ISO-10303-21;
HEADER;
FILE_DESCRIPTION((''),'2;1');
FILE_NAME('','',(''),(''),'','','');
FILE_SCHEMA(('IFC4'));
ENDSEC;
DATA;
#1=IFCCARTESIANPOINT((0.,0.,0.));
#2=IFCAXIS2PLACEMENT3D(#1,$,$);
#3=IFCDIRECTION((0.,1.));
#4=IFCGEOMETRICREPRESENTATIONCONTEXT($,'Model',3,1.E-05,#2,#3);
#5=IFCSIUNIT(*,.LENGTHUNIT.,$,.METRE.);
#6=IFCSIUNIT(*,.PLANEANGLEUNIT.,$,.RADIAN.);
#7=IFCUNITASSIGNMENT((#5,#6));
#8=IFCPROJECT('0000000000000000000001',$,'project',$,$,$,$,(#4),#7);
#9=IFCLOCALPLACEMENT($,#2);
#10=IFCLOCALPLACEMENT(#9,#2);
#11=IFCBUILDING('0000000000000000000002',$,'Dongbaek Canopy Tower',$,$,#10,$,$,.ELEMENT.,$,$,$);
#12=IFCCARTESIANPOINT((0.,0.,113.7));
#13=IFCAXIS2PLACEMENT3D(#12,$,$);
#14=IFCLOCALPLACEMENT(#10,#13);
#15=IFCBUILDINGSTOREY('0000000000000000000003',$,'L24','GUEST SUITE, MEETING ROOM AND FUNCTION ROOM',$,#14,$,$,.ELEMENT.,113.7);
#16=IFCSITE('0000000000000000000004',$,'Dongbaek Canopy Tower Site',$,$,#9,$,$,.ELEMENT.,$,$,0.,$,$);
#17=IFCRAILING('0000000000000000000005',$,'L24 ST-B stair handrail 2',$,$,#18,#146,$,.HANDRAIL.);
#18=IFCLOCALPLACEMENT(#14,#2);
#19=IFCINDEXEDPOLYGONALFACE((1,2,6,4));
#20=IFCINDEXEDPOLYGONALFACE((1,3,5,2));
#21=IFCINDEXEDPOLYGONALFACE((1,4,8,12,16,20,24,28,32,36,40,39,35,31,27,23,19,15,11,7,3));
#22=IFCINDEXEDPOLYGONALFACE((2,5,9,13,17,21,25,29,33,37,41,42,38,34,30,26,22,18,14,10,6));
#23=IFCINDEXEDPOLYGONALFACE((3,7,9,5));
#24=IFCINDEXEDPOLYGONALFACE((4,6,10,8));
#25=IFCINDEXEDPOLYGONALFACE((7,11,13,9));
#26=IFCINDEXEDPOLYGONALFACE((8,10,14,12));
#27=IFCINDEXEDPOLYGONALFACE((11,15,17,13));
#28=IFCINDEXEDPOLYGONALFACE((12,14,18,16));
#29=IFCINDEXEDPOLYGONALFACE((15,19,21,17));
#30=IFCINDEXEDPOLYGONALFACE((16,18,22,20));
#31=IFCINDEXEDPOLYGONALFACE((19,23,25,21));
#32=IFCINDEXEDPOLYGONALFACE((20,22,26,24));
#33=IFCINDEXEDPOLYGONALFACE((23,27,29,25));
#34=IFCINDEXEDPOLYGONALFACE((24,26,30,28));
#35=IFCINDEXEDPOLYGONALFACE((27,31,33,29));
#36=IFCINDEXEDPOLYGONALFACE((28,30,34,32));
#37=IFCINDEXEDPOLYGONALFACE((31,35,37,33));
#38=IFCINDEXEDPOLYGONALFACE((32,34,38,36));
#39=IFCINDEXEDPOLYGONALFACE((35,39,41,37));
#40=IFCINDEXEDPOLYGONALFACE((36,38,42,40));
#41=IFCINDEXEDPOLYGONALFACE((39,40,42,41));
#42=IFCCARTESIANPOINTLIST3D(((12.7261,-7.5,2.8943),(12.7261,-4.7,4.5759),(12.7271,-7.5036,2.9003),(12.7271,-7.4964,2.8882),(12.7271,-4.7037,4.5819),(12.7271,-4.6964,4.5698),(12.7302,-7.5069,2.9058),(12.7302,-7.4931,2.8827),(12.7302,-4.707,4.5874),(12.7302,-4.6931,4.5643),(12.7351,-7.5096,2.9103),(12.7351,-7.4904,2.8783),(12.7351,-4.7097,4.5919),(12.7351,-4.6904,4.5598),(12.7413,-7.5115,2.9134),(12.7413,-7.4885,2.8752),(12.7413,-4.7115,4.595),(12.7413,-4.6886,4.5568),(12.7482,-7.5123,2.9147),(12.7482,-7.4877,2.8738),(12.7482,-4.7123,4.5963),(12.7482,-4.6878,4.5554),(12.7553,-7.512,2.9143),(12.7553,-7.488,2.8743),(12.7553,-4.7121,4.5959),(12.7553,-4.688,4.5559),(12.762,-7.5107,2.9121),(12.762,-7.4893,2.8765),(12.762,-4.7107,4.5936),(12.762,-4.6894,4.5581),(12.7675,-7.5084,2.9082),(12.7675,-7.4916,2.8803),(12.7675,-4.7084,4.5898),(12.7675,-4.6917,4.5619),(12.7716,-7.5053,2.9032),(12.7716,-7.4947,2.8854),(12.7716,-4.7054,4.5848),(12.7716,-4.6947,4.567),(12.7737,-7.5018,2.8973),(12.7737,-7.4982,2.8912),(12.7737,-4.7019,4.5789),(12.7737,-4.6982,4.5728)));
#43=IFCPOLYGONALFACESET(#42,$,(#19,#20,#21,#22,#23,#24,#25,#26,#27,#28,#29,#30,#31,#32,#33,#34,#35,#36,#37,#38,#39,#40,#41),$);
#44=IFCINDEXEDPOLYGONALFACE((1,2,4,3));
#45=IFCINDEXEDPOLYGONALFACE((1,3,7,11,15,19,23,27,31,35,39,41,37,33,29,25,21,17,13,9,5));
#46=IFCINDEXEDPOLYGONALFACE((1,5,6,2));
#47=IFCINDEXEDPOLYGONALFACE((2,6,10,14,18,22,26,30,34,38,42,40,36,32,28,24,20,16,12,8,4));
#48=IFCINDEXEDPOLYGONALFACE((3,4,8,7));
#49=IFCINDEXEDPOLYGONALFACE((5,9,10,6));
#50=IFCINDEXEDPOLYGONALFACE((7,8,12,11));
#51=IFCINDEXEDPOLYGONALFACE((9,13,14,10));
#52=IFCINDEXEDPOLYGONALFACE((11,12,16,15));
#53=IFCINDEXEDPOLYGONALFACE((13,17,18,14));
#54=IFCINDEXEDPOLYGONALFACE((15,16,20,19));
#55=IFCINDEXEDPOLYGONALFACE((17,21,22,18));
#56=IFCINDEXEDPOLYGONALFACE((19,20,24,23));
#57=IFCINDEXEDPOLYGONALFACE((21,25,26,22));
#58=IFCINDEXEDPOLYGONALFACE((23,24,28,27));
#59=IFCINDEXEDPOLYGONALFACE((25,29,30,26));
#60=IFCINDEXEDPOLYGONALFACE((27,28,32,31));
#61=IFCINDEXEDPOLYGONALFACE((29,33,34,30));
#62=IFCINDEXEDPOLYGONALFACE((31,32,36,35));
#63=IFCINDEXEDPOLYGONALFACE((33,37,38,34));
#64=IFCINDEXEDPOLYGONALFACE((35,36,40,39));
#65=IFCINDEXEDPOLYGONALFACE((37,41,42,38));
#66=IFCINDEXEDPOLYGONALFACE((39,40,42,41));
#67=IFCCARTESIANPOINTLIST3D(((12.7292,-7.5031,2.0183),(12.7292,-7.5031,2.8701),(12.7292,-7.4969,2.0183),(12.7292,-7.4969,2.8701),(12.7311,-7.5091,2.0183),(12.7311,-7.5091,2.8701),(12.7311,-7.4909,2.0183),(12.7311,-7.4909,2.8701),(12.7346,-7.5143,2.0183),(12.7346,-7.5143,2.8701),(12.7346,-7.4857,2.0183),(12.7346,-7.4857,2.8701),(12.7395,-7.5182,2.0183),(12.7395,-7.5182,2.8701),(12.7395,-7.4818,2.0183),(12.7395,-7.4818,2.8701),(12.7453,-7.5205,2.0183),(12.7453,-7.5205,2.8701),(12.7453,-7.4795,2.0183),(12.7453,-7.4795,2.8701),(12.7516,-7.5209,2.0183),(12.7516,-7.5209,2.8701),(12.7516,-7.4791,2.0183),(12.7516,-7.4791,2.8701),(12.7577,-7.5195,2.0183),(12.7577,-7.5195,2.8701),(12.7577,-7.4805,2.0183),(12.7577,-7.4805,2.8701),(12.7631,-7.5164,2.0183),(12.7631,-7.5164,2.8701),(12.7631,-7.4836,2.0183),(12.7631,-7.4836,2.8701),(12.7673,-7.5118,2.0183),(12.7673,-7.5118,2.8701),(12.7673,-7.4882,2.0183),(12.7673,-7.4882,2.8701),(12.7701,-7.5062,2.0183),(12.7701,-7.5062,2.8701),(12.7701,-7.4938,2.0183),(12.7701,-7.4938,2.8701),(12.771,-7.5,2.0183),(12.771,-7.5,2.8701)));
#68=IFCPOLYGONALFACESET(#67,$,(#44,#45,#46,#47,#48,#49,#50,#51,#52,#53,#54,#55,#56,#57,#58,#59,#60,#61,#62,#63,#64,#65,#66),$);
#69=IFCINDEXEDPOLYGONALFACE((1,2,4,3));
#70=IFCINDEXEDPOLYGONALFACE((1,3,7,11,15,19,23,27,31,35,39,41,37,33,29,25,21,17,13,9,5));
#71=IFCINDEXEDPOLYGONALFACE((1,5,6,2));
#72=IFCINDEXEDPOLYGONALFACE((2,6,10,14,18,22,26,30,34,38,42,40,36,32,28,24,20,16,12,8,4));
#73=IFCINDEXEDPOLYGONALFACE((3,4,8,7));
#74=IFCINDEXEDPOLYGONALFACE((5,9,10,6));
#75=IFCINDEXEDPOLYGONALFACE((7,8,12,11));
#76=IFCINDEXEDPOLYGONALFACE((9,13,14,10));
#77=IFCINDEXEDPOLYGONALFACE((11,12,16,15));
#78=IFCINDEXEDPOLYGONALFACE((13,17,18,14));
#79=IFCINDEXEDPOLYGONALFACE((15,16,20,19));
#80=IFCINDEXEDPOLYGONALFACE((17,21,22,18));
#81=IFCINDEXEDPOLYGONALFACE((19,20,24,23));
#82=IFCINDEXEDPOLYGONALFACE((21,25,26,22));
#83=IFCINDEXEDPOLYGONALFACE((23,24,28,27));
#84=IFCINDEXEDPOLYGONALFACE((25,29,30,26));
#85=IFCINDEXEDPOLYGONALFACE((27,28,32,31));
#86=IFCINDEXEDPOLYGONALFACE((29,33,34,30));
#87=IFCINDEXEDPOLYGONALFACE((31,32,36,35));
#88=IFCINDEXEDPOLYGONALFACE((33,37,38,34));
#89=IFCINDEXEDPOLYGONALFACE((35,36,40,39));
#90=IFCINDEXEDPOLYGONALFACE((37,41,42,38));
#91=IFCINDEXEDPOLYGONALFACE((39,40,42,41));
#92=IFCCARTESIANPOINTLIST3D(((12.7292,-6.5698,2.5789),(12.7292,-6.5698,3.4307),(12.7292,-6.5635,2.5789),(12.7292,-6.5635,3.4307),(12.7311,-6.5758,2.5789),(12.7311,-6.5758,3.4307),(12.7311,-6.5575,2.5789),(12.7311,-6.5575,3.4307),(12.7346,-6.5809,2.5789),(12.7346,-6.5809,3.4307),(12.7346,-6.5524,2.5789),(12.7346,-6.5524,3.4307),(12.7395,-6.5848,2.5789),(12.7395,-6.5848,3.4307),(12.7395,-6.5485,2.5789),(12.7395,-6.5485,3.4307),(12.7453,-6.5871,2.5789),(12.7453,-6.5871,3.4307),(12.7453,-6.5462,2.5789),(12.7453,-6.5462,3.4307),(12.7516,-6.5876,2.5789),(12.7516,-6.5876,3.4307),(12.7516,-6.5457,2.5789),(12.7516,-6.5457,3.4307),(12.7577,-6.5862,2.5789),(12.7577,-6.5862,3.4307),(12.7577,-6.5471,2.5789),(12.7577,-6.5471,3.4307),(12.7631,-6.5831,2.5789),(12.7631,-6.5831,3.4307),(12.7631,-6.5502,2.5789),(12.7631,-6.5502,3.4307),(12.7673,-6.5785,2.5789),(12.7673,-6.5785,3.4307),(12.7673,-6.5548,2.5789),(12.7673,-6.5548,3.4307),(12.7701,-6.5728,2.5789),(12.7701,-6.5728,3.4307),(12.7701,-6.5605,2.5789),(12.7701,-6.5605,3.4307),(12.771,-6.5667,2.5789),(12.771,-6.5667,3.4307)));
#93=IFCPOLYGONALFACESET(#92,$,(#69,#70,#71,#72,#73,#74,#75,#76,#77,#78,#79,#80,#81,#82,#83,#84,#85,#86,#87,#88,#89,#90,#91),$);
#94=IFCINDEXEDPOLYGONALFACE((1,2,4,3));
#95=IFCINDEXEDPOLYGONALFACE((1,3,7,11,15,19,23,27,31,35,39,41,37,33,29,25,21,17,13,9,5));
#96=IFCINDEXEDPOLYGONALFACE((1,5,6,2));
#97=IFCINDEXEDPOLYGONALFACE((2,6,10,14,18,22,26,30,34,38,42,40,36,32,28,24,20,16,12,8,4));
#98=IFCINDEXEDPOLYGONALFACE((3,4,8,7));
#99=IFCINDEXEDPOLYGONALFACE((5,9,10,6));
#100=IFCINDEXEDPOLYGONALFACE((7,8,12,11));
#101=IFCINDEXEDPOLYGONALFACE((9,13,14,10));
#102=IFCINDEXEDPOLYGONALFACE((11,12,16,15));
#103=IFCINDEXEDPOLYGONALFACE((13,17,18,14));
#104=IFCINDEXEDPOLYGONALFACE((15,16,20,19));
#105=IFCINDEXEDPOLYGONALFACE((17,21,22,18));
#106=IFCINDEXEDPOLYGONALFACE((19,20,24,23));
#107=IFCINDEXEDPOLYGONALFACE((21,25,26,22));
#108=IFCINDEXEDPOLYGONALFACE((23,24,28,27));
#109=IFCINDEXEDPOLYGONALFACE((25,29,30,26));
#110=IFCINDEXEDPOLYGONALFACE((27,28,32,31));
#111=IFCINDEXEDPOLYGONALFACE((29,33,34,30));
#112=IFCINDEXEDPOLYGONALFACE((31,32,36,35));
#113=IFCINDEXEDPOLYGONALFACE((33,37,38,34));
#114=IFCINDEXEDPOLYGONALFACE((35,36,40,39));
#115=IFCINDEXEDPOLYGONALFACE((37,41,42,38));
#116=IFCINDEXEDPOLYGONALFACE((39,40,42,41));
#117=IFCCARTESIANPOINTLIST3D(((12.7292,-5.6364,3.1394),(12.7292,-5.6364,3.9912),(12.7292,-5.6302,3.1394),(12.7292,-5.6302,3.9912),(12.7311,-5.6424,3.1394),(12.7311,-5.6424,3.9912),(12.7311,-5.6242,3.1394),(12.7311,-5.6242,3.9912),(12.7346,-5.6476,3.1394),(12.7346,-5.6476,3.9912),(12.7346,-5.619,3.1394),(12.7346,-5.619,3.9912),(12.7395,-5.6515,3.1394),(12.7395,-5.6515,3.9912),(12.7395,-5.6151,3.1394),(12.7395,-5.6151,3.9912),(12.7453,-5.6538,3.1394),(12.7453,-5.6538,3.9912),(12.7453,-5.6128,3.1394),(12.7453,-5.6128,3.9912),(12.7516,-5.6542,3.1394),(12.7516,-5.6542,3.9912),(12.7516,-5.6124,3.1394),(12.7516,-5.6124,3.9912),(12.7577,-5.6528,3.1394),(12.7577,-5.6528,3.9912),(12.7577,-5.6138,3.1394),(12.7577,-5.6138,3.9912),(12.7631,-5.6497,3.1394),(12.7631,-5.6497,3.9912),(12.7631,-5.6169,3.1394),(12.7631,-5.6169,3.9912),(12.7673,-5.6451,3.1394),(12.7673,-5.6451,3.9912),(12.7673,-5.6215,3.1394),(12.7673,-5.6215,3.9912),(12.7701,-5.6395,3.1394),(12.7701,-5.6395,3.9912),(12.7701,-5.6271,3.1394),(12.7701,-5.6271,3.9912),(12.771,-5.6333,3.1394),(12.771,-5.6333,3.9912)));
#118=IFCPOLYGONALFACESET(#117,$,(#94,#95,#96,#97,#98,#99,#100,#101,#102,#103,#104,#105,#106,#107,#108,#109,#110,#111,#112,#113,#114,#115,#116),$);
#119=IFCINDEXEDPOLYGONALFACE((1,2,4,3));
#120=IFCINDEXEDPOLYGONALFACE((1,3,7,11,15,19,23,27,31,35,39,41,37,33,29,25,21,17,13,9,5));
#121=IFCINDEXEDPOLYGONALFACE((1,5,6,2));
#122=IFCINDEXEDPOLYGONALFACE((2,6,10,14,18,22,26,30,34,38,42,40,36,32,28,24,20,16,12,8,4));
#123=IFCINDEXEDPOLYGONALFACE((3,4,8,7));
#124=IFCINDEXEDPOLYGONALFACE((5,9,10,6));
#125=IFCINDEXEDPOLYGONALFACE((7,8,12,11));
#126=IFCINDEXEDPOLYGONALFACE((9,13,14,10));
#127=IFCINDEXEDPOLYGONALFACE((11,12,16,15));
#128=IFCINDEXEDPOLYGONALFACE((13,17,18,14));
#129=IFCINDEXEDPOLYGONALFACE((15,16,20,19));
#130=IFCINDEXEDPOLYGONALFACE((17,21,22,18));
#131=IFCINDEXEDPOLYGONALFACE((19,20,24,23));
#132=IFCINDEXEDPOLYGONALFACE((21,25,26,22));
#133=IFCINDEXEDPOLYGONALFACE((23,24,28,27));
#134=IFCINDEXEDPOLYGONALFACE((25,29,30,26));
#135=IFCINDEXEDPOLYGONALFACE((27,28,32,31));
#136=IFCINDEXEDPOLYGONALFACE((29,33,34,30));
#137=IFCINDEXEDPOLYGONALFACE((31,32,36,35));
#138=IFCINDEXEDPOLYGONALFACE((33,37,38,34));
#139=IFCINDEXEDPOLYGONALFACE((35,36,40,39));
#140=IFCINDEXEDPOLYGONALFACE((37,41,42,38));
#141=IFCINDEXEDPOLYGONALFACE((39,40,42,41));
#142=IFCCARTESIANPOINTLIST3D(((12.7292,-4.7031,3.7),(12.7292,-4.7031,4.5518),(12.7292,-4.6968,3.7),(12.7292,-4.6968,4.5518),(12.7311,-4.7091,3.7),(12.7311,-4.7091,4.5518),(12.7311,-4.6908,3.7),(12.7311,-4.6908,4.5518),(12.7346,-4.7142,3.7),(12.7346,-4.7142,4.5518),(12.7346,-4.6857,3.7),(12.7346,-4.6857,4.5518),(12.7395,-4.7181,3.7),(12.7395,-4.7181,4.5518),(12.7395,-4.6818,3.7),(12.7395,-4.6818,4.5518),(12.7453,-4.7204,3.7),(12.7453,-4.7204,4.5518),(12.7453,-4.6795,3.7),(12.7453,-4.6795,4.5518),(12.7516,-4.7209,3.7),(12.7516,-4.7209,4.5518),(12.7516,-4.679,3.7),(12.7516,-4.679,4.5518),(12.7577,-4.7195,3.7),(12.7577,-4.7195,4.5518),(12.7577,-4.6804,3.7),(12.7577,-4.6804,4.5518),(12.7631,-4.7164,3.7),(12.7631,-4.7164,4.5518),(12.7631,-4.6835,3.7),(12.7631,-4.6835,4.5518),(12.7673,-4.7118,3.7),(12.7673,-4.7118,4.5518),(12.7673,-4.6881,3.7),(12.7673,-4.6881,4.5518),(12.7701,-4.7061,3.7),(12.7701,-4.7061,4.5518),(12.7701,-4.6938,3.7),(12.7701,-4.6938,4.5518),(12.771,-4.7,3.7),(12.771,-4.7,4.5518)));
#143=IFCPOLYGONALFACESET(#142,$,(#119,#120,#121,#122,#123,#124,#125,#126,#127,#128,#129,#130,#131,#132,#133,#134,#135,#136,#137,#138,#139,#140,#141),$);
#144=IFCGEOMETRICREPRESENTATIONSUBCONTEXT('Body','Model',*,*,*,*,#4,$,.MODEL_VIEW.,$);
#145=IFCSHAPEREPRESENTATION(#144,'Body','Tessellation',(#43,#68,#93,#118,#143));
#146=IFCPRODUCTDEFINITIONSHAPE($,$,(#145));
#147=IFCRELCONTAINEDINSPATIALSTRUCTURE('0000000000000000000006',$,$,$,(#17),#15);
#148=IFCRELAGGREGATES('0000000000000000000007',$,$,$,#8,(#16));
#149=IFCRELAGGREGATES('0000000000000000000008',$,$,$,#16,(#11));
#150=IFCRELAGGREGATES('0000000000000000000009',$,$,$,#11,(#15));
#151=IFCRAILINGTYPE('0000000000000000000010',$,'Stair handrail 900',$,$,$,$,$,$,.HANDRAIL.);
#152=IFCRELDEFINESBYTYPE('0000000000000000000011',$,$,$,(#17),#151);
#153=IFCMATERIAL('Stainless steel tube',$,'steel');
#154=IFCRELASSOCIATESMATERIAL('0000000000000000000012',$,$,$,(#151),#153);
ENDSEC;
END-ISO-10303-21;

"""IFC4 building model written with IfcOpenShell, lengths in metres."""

from ifc_helpers import new_model, si_unit, direction, frame, origin, origin_2d, place, context, subcontext, project, spatial, circle, extrude, material, type_object, element, save


model = new_model("IFC4")

# Units and contexts
model_context = context("Model", 3, precision=1e-05, world=origin(), true_north=direction((0.0, 1.0)))
body_context = subcontext(model_context, "Body", "Model", "MODEL_VIEW")
ifc_project = project(units=[si_unit("LENGTHUNIT", "METRE"), si_unit("PLANEANGLEUNIT", "RADIAN")], contexts=[model_context])

# Site, building, storey
site_placement = place(None, origin())
site = spatial("IfcSite", under=ifc_project, at=site_placement, Name="Dongbaek Canopy Tower Site", CompositionType="ELEMENT", RefElevation=0.0)
building_placement = place(site_placement, origin())
building = spatial("IfcBuilding", under=site, at=building_placement, Name="Dongbaek Canopy Tower", CompositionType="ELEMENT")
storey_placement = place(building_placement, frame((0.0, 0.0, 113.7)))
storey = spatial("IfcBuildingStorey", under=building, at=storey_placement, Name="L24", Description="GUEST SUITE, MEETING ROOM AND FUNCTION ROOM", CompositionType="ELEMENT", Elevation=113.7)

# Railing
ifc_material_1 = material(Name="Stainless steel tube", Category="steel")
railing_type_1 = type_object("IfcRailingType", Name="Stair handrail 900", PredefinedType="HANDRAIL", material=ifc_material_1)
railing_1_placement = place(storey_placement, frame((12.75, -7.5, 2.0183)))
element("IfcRailing", 1, at=railing_1_placement, inside=storey, type_object=railing_type_1, Name="L24 ST-B stair handrail 2", PredefinedType="HANDRAIL", context=body_context, shape_type="SweptSolid", body=[
    extrude(circle(Radius=0.0239, at=origin_2d()), frame((0.0, 0.0, 0.876), z_axis=(0.0, 0.857275, 0.514858), x_axis=(-1.0, 0.0, 0.0)), (0.0, 0.0, 1.0), 3.2661),
    extrude(circle(Radius=0.021, at=origin_2d()), origin(), (0.0, 0.0, 1.0), 0.8518),
    extrude(circle(Radius=0.021, at=origin_2d()), frame((0.0, 0.9333, 0.5605)), (0.0, 0.0, 1.0), 0.8518),
    extrude(circle(Radius=0.021, at=origin_2d()), frame((0.0, 1.8667, 1.1211)), (0.0, 0.0, 1.0), 0.8518),
    extrude(circle(Radius=0.021, at=origin_2d()), frame((0.0, 2.8, 1.6816)), (0.0, 0.0, 1.0), 0.8518),
])

save(model, "model.ifc")
